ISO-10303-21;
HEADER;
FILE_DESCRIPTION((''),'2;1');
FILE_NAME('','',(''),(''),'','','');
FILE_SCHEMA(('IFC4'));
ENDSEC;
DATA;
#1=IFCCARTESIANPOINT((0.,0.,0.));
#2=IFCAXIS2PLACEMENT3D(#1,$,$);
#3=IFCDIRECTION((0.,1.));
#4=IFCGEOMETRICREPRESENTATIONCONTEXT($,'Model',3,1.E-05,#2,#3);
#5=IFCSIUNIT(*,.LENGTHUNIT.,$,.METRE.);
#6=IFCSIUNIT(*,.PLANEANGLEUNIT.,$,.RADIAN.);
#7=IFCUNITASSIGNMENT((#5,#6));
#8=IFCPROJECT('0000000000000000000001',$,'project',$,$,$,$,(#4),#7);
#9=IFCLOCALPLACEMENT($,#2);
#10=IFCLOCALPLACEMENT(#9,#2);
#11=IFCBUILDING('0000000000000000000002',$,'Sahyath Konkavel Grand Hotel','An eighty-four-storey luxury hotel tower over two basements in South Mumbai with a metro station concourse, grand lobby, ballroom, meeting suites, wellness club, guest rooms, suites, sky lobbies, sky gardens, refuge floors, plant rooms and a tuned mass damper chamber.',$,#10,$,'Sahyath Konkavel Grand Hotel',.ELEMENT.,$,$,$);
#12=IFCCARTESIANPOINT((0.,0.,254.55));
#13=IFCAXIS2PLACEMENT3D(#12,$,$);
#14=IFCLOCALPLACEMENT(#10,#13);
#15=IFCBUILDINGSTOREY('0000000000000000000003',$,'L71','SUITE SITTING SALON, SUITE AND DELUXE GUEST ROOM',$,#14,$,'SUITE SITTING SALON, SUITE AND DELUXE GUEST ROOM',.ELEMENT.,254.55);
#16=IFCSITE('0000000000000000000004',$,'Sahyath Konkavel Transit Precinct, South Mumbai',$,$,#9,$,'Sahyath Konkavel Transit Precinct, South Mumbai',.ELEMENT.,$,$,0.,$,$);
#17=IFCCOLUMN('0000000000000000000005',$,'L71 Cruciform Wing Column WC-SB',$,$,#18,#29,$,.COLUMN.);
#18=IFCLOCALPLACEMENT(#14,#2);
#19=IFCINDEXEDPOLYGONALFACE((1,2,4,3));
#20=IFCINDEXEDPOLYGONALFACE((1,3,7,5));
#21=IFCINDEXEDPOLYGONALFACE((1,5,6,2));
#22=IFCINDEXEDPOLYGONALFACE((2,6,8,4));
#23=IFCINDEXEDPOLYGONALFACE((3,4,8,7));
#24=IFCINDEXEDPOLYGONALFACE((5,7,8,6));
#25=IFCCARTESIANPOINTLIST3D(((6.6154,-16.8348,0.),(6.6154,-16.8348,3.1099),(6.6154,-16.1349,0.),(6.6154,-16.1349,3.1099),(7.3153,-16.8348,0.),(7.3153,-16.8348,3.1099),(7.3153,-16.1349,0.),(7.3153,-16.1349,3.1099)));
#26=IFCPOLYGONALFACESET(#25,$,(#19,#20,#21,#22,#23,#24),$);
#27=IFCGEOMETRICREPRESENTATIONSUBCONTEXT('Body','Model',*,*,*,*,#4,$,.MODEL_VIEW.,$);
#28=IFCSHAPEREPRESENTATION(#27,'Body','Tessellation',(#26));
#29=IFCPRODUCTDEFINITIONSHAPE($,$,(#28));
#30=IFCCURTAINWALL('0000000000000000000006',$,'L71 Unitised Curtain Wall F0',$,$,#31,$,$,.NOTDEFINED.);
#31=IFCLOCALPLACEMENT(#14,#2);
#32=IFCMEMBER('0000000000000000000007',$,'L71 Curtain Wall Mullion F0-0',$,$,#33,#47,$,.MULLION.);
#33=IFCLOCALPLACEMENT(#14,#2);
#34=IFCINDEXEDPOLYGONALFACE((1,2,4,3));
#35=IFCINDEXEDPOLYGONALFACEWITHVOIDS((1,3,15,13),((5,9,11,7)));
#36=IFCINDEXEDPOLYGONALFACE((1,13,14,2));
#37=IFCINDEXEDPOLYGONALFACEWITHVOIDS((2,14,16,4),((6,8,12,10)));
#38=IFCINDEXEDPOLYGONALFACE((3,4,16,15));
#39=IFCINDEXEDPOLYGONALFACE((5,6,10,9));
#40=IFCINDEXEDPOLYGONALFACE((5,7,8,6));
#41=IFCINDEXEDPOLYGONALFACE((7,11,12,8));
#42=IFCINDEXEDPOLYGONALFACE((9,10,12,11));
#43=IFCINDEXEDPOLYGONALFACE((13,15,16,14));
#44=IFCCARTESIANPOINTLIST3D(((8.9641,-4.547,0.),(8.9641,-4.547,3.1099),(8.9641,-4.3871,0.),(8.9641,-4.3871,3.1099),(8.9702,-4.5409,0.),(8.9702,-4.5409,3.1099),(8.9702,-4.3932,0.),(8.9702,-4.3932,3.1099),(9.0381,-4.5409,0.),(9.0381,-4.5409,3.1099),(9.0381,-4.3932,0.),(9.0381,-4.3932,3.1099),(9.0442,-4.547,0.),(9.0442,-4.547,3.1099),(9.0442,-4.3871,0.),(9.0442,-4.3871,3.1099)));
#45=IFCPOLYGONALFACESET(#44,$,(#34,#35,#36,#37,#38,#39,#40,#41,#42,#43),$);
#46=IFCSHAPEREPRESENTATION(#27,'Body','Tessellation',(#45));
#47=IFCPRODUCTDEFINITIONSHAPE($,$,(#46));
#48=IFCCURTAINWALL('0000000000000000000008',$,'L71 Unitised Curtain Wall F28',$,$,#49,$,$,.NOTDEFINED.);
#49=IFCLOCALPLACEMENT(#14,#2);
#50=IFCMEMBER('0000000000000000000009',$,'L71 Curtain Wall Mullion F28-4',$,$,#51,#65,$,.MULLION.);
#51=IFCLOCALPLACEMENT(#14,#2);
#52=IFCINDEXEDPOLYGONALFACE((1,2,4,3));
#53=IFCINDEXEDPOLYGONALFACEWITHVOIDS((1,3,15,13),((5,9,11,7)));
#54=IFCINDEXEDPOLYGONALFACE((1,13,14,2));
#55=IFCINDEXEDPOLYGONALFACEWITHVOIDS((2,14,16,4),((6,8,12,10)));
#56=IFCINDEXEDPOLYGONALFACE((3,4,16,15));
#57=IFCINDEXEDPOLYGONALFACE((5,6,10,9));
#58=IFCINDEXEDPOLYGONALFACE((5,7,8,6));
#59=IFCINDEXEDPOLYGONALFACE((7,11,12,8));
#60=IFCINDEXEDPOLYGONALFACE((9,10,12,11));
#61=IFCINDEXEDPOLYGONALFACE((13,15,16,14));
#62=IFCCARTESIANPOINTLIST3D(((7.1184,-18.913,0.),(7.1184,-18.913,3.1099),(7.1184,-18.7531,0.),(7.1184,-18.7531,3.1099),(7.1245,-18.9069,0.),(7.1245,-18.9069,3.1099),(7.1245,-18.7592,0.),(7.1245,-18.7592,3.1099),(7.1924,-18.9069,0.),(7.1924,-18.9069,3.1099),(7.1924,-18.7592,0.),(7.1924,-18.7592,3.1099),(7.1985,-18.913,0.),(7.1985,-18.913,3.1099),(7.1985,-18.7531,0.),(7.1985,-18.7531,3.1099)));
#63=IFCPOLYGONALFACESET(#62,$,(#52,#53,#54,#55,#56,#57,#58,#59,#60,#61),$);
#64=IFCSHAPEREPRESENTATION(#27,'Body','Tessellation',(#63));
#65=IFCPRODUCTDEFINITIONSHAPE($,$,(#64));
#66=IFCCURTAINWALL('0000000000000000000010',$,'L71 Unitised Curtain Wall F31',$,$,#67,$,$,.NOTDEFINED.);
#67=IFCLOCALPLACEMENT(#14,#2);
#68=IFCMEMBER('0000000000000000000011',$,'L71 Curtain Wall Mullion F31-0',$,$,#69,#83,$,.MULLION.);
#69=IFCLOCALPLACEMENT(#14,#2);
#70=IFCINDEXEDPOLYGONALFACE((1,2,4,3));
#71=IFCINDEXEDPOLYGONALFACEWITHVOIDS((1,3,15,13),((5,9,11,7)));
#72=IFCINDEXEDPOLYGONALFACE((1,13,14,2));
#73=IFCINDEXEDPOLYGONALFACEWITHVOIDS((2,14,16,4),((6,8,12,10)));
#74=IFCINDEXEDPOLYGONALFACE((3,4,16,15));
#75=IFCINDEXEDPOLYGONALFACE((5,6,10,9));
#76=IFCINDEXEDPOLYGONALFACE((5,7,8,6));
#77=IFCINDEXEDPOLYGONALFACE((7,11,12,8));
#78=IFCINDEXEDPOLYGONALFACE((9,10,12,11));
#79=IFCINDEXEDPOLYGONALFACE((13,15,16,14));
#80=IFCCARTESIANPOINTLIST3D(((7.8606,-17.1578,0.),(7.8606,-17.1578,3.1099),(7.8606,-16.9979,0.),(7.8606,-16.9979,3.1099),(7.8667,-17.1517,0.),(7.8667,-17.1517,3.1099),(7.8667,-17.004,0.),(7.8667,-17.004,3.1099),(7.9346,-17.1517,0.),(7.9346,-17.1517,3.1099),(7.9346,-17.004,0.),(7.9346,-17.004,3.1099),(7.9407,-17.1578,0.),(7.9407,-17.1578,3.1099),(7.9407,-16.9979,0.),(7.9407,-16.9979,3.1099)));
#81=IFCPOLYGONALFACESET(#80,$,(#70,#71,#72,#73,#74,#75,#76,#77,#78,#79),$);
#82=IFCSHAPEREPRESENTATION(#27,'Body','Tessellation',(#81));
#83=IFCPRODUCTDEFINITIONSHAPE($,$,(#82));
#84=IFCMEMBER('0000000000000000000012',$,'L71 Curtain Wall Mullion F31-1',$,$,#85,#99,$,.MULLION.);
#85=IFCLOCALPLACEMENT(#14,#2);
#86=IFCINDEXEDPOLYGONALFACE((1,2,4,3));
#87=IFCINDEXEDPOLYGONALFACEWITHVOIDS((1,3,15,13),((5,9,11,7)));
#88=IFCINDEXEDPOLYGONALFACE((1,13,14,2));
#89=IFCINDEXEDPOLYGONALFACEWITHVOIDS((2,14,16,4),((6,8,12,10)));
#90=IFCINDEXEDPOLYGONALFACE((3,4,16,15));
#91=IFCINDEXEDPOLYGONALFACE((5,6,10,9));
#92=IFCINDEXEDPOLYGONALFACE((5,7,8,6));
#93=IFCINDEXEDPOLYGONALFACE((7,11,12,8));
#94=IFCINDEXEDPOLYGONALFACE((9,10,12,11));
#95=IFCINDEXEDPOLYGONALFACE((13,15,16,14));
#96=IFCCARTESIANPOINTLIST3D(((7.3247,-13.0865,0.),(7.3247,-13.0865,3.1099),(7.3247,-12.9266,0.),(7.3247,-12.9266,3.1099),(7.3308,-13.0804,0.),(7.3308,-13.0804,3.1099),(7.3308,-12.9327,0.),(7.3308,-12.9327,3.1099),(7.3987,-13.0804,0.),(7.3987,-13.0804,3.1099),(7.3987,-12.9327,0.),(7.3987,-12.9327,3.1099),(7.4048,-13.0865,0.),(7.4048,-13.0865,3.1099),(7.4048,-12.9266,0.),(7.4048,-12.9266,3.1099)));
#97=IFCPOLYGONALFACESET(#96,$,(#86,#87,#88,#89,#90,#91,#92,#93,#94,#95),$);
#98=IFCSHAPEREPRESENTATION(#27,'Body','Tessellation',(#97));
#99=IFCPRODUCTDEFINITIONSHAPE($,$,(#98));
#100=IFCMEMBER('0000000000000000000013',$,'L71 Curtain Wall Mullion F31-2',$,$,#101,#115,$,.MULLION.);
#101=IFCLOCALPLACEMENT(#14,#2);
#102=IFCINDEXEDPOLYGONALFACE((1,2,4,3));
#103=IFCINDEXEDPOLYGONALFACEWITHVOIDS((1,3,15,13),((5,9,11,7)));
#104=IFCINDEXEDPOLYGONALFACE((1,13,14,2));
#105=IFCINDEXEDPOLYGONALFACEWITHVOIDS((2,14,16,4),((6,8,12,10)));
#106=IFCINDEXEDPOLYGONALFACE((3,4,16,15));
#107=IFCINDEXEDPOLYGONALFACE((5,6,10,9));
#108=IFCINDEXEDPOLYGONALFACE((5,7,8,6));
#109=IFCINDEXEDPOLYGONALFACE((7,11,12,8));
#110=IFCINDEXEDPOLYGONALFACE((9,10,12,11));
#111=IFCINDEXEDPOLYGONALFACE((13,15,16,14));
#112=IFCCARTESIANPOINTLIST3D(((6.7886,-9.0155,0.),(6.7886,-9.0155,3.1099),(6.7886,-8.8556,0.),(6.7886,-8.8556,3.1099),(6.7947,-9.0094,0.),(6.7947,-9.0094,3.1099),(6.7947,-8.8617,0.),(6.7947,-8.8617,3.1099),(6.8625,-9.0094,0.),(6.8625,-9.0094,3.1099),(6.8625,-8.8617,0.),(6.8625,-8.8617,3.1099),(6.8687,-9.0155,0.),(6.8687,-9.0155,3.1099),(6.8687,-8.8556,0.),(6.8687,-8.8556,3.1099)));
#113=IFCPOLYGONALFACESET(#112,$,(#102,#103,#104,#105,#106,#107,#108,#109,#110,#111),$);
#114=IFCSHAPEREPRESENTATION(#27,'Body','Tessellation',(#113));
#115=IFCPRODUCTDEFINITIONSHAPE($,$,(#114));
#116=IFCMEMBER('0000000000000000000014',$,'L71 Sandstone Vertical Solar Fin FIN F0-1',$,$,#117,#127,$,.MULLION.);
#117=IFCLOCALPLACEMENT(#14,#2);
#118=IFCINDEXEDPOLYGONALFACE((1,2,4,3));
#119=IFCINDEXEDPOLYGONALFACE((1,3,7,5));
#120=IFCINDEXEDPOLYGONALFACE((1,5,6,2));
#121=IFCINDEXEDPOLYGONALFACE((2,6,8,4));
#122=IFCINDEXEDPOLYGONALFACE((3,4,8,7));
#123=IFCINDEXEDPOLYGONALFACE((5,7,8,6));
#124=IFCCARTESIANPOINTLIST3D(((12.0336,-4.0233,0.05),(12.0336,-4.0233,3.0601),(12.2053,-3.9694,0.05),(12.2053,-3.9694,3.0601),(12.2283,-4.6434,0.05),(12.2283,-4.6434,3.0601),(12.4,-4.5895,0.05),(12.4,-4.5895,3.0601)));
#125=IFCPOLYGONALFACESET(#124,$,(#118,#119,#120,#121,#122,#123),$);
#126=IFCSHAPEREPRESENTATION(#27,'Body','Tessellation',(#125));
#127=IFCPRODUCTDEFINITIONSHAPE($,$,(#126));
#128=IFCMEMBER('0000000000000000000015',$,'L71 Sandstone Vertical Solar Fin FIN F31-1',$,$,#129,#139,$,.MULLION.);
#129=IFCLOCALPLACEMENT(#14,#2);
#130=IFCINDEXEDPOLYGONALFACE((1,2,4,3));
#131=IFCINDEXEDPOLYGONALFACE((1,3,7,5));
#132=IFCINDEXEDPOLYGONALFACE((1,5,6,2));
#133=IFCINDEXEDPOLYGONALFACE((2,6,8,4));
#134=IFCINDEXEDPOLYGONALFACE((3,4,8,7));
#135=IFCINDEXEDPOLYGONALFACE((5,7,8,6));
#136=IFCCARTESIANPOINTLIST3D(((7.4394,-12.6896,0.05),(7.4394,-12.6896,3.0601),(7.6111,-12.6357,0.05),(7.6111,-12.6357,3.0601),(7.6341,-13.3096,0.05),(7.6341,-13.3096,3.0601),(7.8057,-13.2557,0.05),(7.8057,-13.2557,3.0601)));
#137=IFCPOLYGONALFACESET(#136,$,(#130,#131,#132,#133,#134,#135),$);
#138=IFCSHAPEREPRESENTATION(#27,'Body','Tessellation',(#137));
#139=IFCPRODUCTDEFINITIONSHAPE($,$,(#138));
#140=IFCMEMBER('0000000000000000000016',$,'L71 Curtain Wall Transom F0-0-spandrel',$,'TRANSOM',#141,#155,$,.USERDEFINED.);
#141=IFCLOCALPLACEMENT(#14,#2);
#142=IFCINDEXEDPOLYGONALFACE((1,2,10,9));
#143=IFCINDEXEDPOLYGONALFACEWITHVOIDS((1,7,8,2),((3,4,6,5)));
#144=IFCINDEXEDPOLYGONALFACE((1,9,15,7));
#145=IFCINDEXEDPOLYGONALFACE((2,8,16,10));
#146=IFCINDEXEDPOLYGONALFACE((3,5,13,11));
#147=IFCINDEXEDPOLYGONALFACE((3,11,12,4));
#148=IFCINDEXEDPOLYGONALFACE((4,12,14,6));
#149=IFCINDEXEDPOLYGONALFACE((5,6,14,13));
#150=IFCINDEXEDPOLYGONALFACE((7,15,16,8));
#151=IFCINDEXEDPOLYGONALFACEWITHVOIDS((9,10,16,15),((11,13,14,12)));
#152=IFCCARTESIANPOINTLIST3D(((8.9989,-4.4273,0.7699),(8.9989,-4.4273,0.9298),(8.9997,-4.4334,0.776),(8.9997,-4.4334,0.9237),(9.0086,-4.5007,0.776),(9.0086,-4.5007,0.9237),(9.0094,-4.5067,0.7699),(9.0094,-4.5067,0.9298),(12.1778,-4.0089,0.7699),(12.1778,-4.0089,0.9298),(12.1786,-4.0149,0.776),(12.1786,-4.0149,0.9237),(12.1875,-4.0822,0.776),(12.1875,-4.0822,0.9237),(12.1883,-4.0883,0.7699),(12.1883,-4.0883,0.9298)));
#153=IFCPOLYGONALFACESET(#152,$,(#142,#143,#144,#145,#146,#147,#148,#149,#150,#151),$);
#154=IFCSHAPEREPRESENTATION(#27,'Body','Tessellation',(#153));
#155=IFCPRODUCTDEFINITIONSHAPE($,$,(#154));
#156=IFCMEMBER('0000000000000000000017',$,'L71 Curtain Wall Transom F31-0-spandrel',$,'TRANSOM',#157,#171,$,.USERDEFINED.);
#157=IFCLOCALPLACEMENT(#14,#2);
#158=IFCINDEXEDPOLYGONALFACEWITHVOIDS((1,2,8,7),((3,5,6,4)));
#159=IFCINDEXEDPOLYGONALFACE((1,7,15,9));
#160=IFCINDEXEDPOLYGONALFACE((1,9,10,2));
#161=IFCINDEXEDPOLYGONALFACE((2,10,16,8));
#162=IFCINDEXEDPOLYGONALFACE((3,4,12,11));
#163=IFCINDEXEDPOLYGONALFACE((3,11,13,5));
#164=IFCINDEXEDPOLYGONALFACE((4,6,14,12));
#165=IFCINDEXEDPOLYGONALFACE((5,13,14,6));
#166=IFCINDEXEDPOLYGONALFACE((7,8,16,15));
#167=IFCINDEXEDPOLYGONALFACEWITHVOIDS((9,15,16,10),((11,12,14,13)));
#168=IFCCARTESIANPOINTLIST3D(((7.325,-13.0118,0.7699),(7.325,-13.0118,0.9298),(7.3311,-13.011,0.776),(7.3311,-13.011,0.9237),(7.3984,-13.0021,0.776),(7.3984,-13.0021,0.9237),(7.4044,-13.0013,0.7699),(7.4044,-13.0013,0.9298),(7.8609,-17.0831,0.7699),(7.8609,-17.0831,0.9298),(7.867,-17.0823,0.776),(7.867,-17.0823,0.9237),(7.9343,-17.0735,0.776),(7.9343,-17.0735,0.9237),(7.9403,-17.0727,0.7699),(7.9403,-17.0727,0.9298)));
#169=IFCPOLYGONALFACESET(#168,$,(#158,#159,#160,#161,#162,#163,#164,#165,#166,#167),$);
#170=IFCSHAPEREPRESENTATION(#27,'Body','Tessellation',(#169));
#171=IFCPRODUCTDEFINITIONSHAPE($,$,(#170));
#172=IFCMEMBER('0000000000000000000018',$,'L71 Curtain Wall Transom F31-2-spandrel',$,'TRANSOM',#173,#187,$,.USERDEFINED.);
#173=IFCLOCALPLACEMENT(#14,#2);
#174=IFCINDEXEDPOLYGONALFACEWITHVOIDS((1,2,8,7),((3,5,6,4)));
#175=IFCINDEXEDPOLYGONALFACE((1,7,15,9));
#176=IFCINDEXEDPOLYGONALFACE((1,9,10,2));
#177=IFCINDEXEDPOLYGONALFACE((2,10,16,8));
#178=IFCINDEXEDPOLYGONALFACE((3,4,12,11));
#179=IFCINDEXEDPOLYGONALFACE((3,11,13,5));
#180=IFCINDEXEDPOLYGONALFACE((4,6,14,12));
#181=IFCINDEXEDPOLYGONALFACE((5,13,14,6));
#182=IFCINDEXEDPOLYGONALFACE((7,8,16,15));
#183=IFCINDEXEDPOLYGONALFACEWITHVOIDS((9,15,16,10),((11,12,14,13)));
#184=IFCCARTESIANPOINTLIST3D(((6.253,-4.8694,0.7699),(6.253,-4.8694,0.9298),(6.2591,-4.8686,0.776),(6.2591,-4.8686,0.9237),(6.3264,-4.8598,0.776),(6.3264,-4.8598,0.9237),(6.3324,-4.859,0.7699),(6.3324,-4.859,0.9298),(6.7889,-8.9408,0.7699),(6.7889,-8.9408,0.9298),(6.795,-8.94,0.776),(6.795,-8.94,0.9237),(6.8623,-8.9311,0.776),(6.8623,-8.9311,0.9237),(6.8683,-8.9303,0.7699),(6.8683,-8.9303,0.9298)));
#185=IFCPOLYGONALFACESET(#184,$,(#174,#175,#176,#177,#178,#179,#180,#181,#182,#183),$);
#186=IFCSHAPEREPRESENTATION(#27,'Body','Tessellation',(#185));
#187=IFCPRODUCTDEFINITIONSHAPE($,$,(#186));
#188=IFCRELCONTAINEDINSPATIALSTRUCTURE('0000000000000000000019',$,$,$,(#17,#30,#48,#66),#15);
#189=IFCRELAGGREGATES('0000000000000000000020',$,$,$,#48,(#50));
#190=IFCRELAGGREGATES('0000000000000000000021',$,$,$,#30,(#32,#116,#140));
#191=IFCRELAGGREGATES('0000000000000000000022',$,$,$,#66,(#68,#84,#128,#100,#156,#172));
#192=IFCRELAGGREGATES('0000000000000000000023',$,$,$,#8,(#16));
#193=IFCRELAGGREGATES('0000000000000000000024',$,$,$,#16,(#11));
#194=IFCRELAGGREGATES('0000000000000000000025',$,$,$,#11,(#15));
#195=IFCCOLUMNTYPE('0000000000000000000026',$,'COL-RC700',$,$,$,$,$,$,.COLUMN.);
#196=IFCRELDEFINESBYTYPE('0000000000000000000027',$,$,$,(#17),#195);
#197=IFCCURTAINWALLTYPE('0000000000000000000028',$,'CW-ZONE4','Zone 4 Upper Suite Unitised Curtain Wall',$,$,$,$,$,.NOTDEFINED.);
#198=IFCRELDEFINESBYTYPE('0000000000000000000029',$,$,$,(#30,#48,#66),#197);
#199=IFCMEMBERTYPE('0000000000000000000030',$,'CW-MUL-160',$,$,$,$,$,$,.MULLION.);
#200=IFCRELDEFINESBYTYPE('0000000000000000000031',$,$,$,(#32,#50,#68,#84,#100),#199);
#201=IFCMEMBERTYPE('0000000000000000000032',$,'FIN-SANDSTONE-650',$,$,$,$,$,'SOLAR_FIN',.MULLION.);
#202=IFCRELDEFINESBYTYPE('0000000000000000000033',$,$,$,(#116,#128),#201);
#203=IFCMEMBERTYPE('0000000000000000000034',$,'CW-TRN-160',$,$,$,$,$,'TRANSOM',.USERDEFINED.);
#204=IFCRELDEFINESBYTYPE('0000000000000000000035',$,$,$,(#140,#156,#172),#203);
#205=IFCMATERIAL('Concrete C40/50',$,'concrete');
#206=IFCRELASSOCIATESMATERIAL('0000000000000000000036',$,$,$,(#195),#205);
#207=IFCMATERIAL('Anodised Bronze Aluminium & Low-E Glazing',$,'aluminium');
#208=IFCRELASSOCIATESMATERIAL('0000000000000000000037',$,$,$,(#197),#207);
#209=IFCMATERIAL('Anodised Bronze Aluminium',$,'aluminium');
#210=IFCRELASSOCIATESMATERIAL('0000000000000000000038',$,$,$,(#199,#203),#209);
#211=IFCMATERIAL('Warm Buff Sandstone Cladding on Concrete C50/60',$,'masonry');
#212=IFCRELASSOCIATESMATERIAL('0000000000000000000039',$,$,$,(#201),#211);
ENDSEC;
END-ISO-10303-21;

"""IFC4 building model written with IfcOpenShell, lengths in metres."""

from ifc_helpers import new_model, si_unit, direction, frame, origin, origin_2d, place, context, subcontext, project, spatial, rectangle, hollow_rectangle, extrude, source, transform, mapped, material, material_profile, profile_set, type_object, element, aggregate, save


model = new_model("IFC4")

# Units and contexts
model_context = context("Model", 3, precision=1e-05, world=origin(), true_north=direction((0.0, 1.0)))
body_context = subcontext(model_context, "Body", "Model", "MODEL_VIEW")
ifc_project = project(units=[si_unit("LENGTHUNIT", "METRE"), si_unit("PLANEANGLEUNIT", "RADIAN")], contexts=[model_context])

# Site, building, storey
site_placement = place(None, origin())
site = spatial("IfcSite", under=ifc_project, at=site_placement, Name="Sahyath Konkavel Transit Precinct, South Mumbai", LongName="Sahyath Konkavel Transit Precinct, South Mumbai", CompositionType="ELEMENT", RefElevation=0.0)
building_placement = place(site_placement, origin())
building = spatial("IfcBuilding", under=site, at=building_placement, Name="Sahyath Konkavel Grand Hotel", Description="An eighty-four-storey luxury hotel tower over two basements in South Mumbai with a metro station concourse, grand lobby, ballroom, meeting suites, wellness club, guest rooms, suites, sky lobbies, sky gardens, refuge floors, plant rooms and a tuned mass damper chamber.", LongName="Sahyath Konkavel Grand Hotel", CompositionType="ELEMENT")
storey_placement = place(building_placement, frame((0.0, 0.0, 254.55)))
storey = spatial("IfcBuildingStorey", under=building, at=storey_placement, Name="L71", Description="SUITE SITTING SALON, SUITE AND DELUXE GUEST ROOM", LongName="SUITE SITTING SALON, SUITE AND DELUXE GUEST ROOM", CompositionType="ELEMENT", Elevation=254.55)

# Column
ifc_material_1 = material(Name="Concrete C40/50", Category="concrete")
ifc_material_profile_1 = material_profile(ifc_material_1, rectangle(XDim=0.7, YDim=0.7, at=origin_2d()), Name="RC 700x700")
ifc_profile_set_1 = profile_set([ifc_material_profile_1], Name="Concrete C40/50")
column_type = type_object("IfcColumnType", Name="COL-RC700", PredefinedType="COLUMN", material=ifc_profile_set_1)
shared_shape_1 = source(origin(), body_context, "Body", "SweptSolid", [
    extrude(rectangle(XDim=0.7, YDim=0.7, at=origin_2d()), origin(), (0.0, 0.0, 1.0), 3.1099),
])
column_placement = place(storey_placement, frame((6.9653, -16.4849, 0.0), z_axis=(0.0, 0.0, 1.0), x_axis=(1.0, 0.0, 0.0)))
element("IfcColumn", 1, at=column_placement, inside=storey, type_object=column_type, Name="L71 Cruciform Wing Column WC-SB", PredefinedType="COLUMN", context=body_context, shape_type="MappedRepresentation", body=[
    mapped(shared_shape_1, transform((0.0, 0.0, 0.0), scale=1.0)),
])

# Curtain walls, members
ifc_material_2 = material(Name="Anodised Bronze Aluminium & Low-E Glazing", Category="aluminium")
curtain_wall_type = type_object("IfcCurtainWallType", Name="CW-ZONE4", Description="Zone 4 Upper Suite Unitised Curtain Wall", PredefinedType="NOTDEFINED", material=ifc_material_2)
curtain_wall_1_placement = place(storey_placement, origin())
curtain_wall_1 = element("IfcCurtainWall", 2, at=curtain_wall_1_placement, inside=storey, type_object=curtain_wall_type, Name="L71 Unitised Curtain Wall F0", PredefinedType="NOTDEFINED")
ifc_material_3 = material(Name="Anodised Bronze Aluminium", Category="aluminium")
ifc_material_profile_2 = material_profile(ifc_material_3, hollow_rectangle(XDim=0.0801, YDim=0.1599, WallThickness=0.0061, at=origin_2d()), Name="RHS 160x80x6")
ifc_profile_set_2 = profile_set([ifc_material_profile_2], Name="Anodised Bronze Aluminium")
member_type_1 = type_object("IfcMemberType", Name="CW-MUL-160", PredefinedType="MULLION", material=ifc_profile_set_2)
shared_shape_2 = source(origin(), body_context, "Body", "SweptSolid", [
    extrude(hollow_rectangle(XDim=0.0801, YDim=0.1599, WallThickness=0.0061, at=origin_2d()), origin(), (0.0, 0.0, 1.0), 3.1099),
])
member_1_placement = place(storey_placement, frame((9.0042, -4.467, 0.0), z_axis=(0.0, 0.0, 1.0), x_axis=(1.0, 0.0, 0.0)))
member_1 = element("IfcMember", 3, at=member_1_placement, type_object=member_type_1, Name="L71 Curtain Wall Mullion F0-0", PredefinedType="MULLION", context=body_context, shape_type="MappedRepresentation", body=[
    mapped(shared_shape_2, transform((0.0, 0.0, 0.0), scale=1.0)),
])
curtain_wall_2_placement = place(storey_placement, origin())
curtain_wall_2 = element("IfcCurtainWall", 4, at=curtain_wall_2_placement, inside=storey, type_object=curtain_wall_type, Name="L71 Unitised Curtain Wall F28", PredefinedType="NOTDEFINED")
member_2_placement = place(storey_placement, frame((7.1584, -18.833, 0.0), z_axis=(0.0, 0.0, 1.0), x_axis=(1.0, 0.0, 0.0)))
member_2 = element("IfcMember", 5, at=member_2_placement, type_object=member_type_1, Name="L71 Curtain Wall Mullion F28-4", PredefinedType="MULLION", context=body_context, shape_type="MappedRepresentation", body=[
    mapped(shared_shape_2, transform((0.0, 0.0, 0.0), scale=1.0)),
])
aggregate(curtain_wall_2, [member_2])

# Curtain wall, members
curtain_wall_3_placement = place(storey_placement, origin())
curtain_wall_3 = element("IfcCurtainWall", 6, at=curtain_wall_3_placement, inside=storey, type_object=curtain_wall_type, Name="L71 Unitised Curtain Wall F31", PredefinedType="NOTDEFINED")
member_3_placement = place(storey_placement, frame((7.9006, -17.0779, 0.0), z_axis=(0.0, 0.0, 1.0), x_axis=(1.0, 0.0, 0.0)))
member_3 = element("IfcMember", 7, at=member_3_placement, type_object=member_type_1, Name="L71 Curtain Wall Mullion F31-0", PredefinedType="MULLION", context=body_context, shape_type="MappedRepresentation", body=[
    mapped(shared_shape_2, transform((0.0, 0.0, 0.0), scale=1.0)),
])
member_4_placement = place(storey_placement, frame((7.3647, -13.0066, 0.0), z_axis=(0.0, 0.0, 1.0), x_axis=(1.0, 0.0, 0.0)))
member_4 = element("IfcMember", 8, at=member_4_placement, type_object=member_type_1, Name="L71 Curtain Wall Mullion F31-1", PredefinedType="MULLION", context=body_context, shape_type="MappedRepresentation", body=[
    mapped(shared_shape_2, transform((0.0, 0.0, 0.0), scale=1.0)),
])
member_5_placement = place(storey_placement, frame((6.8286, -8.9355, 0.0), z_axis=(0.0, 0.0, 1.0), x_axis=(1.0, 0.0, 0.0)))
member_5 = element("IfcMember", 9, at=member_5_placement, type_object=member_type_1, Name="L71 Curtain Wall Mullion F31-2", PredefinedType="MULLION", context=body_context, shape_type="MappedRepresentation", body=[
    mapped(shared_shape_2, transform((0.0, 0.0, 0.0), scale=1.0)),
])

# Members
ifc_material_4 = material(Name="Warm Buff Sandstone Cladding on Concrete C50/60", Category="masonry")
ifc_material_profile_3 = material_profile(ifc_material_4, rectangle(XDim=0.1799, YDim=0.6499, at=origin_2d()), Name="FIN 180x650")
ifc_profile_set_3 = profile_set([ifc_material_profile_3], Name="Warm Buff Sandstone Cladding on Concrete C50/60")
member_type_2 = type_object("IfcMemberType", Name="FIN-SANDSTONE-650", ElementType="SOLAR_FIN", PredefinedType="MULLION", material=ifc_profile_set_3)
shared_shape_3 = source(origin(), body_context, "Body", "SweptSolid", [
    extrude(rectangle(XDim=0.1799, YDim=0.6499, at=origin_2d()), origin(), (0.0, 0.0, 1.0), 3.01),
])
member_6_placement = place(storey_placement, frame((12.2168, -4.3064, 0.05), z_axis=(0.0, 0.0, 1.0), x_axis=(0.954084, 0.29954, 0.0)))
member_6 = element("IfcMember", 10, at=member_6_placement, type_object=member_type_2, Name="L71 Sandstone Vertical Solar Fin FIN F0-1", PredefinedType="MULLION", context=body_context, shape_type="MappedRepresentation", body=[
    mapped(shared_shape_3, transform((0.0, 0.0, 0.0), scale=1.0)),
])
member_7_placement = place(storey_placement, frame((7.6226, -12.9727, 0.05), z_axis=(0.0, 0.0, 1.0), x_axis=(0.954084, 0.29954, 0.0)))
member_7 = element("IfcMember", 11, at=member_7_placement, type_object=member_type_2, Name="L71 Sandstone Vertical Solar Fin FIN F31-1", PredefinedType="MULLION", context=body_context, shape_type="MappedRepresentation", body=[
    mapped(shared_shape_3, transform((0.0, 0.0, 0.0), scale=1.0)),
])
ifc_material_profile_4 = material_profile(ifc_material_3, hollow_rectangle(XDim=0.0801, YDim=0.1599, WallThickness=0.0061, at=origin_2d()), Name="RHS 160x80x6")
ifc_profile_set_4 = profile_set([ifc_material_profile_4], Name="Anodised Bronze Aluminium")
member_type_3 = type_object("IfcMemberType", Name="CW-TRN-160", ElementType="TRANSOM", PredefinedType="USERDEFINED", material=ifc_profile_set_4)
shared_shape_4 = source(origin(), body_context, "Body", "SweptSolid", [
    extrude(hollow_rectangle(XDim=0.0801, YDim=0.1599, WallThickness=0.0061, at=origin_2d()), origin(), (0.0, 0.0, 1.0), 3.2063),
])
member_8_placement = place(storey_placement, frame((9.0042, -4.467, 0.8499), z_axis=(0.991447, 0.130508, 0.0), x_axis=(-0.130508, 0.991447, 0.0)))
member_8 = element("IfcMember", 12, at=member_8_placement, type_object=member_type_3, Name="L71 Curtain Wall Transom F0-0-spandrel", ObjectType="TRANSOM", PredefinedType="USERDEFINED", context=body_context, shape_type="MappedRepresentation", body=[
    mapped(shared_shape_4, transform((0.0, 0.0, 0.0), scale=1.0)),
])
shared_shape_5 = source(origin(), body_context, "Body", "SweptSolid", [
    extrude(hollow_rectangle(XDim=0.0801, YDim=0.1599, WallThickness=0.0061, at=origin_2d()), origin(), (0.0, 0.0, 1.0), 4.1064),
])
member_9_placement = place(storey_placement, frame((7.9006, -17.0779, 0.8499), z_axis=(-0.130501, 0.991448, 0.0), x_axis=(-0.991448, -0.130501, 0.0)))
member_9 = element("IfcMember", 13, at=member_9_placement, type_object=member_type_3, Name="L71 Curtain Wall Transom F31-0-spandrel", ObjectType="TRANSOM", PredefinedType="USERDEFINED", context=body_context, shape_type="MappedRepresentation", body=[
    mapped(shared_shape_5, transform((0.0, 0.0, 0.0), scale=1.0)),
])
member_10_placement = place(storey_placement, frame((6.8286, -8.9355, 0.8499), z_axis=(-0.130501, 0.991448, 0.0), x_axis=(-0.991448, -0.130501, 0.0)))
member_10 = element("IfcMember", 14, at=member_10_placement, type_object=member_type_3, Name="L71 Curtain Wall Transom F31-2-spandrel", ObjectType="TRANSOM", PredefinedType="USERDEFINED", context=body_context, shape_type="MappedRepresentation", body=[
    mapped(shared_shape_5, transform((0.0, 0.0, 0.0), scale=1.0)),
])

aggregate(curtain_wall_1, [member_1, member_6, member_8])
aggregate(curtain_wall_3, [member_3, member_4, member_7, member_5, member_9, member_10])

save(model, "model.ifc")
